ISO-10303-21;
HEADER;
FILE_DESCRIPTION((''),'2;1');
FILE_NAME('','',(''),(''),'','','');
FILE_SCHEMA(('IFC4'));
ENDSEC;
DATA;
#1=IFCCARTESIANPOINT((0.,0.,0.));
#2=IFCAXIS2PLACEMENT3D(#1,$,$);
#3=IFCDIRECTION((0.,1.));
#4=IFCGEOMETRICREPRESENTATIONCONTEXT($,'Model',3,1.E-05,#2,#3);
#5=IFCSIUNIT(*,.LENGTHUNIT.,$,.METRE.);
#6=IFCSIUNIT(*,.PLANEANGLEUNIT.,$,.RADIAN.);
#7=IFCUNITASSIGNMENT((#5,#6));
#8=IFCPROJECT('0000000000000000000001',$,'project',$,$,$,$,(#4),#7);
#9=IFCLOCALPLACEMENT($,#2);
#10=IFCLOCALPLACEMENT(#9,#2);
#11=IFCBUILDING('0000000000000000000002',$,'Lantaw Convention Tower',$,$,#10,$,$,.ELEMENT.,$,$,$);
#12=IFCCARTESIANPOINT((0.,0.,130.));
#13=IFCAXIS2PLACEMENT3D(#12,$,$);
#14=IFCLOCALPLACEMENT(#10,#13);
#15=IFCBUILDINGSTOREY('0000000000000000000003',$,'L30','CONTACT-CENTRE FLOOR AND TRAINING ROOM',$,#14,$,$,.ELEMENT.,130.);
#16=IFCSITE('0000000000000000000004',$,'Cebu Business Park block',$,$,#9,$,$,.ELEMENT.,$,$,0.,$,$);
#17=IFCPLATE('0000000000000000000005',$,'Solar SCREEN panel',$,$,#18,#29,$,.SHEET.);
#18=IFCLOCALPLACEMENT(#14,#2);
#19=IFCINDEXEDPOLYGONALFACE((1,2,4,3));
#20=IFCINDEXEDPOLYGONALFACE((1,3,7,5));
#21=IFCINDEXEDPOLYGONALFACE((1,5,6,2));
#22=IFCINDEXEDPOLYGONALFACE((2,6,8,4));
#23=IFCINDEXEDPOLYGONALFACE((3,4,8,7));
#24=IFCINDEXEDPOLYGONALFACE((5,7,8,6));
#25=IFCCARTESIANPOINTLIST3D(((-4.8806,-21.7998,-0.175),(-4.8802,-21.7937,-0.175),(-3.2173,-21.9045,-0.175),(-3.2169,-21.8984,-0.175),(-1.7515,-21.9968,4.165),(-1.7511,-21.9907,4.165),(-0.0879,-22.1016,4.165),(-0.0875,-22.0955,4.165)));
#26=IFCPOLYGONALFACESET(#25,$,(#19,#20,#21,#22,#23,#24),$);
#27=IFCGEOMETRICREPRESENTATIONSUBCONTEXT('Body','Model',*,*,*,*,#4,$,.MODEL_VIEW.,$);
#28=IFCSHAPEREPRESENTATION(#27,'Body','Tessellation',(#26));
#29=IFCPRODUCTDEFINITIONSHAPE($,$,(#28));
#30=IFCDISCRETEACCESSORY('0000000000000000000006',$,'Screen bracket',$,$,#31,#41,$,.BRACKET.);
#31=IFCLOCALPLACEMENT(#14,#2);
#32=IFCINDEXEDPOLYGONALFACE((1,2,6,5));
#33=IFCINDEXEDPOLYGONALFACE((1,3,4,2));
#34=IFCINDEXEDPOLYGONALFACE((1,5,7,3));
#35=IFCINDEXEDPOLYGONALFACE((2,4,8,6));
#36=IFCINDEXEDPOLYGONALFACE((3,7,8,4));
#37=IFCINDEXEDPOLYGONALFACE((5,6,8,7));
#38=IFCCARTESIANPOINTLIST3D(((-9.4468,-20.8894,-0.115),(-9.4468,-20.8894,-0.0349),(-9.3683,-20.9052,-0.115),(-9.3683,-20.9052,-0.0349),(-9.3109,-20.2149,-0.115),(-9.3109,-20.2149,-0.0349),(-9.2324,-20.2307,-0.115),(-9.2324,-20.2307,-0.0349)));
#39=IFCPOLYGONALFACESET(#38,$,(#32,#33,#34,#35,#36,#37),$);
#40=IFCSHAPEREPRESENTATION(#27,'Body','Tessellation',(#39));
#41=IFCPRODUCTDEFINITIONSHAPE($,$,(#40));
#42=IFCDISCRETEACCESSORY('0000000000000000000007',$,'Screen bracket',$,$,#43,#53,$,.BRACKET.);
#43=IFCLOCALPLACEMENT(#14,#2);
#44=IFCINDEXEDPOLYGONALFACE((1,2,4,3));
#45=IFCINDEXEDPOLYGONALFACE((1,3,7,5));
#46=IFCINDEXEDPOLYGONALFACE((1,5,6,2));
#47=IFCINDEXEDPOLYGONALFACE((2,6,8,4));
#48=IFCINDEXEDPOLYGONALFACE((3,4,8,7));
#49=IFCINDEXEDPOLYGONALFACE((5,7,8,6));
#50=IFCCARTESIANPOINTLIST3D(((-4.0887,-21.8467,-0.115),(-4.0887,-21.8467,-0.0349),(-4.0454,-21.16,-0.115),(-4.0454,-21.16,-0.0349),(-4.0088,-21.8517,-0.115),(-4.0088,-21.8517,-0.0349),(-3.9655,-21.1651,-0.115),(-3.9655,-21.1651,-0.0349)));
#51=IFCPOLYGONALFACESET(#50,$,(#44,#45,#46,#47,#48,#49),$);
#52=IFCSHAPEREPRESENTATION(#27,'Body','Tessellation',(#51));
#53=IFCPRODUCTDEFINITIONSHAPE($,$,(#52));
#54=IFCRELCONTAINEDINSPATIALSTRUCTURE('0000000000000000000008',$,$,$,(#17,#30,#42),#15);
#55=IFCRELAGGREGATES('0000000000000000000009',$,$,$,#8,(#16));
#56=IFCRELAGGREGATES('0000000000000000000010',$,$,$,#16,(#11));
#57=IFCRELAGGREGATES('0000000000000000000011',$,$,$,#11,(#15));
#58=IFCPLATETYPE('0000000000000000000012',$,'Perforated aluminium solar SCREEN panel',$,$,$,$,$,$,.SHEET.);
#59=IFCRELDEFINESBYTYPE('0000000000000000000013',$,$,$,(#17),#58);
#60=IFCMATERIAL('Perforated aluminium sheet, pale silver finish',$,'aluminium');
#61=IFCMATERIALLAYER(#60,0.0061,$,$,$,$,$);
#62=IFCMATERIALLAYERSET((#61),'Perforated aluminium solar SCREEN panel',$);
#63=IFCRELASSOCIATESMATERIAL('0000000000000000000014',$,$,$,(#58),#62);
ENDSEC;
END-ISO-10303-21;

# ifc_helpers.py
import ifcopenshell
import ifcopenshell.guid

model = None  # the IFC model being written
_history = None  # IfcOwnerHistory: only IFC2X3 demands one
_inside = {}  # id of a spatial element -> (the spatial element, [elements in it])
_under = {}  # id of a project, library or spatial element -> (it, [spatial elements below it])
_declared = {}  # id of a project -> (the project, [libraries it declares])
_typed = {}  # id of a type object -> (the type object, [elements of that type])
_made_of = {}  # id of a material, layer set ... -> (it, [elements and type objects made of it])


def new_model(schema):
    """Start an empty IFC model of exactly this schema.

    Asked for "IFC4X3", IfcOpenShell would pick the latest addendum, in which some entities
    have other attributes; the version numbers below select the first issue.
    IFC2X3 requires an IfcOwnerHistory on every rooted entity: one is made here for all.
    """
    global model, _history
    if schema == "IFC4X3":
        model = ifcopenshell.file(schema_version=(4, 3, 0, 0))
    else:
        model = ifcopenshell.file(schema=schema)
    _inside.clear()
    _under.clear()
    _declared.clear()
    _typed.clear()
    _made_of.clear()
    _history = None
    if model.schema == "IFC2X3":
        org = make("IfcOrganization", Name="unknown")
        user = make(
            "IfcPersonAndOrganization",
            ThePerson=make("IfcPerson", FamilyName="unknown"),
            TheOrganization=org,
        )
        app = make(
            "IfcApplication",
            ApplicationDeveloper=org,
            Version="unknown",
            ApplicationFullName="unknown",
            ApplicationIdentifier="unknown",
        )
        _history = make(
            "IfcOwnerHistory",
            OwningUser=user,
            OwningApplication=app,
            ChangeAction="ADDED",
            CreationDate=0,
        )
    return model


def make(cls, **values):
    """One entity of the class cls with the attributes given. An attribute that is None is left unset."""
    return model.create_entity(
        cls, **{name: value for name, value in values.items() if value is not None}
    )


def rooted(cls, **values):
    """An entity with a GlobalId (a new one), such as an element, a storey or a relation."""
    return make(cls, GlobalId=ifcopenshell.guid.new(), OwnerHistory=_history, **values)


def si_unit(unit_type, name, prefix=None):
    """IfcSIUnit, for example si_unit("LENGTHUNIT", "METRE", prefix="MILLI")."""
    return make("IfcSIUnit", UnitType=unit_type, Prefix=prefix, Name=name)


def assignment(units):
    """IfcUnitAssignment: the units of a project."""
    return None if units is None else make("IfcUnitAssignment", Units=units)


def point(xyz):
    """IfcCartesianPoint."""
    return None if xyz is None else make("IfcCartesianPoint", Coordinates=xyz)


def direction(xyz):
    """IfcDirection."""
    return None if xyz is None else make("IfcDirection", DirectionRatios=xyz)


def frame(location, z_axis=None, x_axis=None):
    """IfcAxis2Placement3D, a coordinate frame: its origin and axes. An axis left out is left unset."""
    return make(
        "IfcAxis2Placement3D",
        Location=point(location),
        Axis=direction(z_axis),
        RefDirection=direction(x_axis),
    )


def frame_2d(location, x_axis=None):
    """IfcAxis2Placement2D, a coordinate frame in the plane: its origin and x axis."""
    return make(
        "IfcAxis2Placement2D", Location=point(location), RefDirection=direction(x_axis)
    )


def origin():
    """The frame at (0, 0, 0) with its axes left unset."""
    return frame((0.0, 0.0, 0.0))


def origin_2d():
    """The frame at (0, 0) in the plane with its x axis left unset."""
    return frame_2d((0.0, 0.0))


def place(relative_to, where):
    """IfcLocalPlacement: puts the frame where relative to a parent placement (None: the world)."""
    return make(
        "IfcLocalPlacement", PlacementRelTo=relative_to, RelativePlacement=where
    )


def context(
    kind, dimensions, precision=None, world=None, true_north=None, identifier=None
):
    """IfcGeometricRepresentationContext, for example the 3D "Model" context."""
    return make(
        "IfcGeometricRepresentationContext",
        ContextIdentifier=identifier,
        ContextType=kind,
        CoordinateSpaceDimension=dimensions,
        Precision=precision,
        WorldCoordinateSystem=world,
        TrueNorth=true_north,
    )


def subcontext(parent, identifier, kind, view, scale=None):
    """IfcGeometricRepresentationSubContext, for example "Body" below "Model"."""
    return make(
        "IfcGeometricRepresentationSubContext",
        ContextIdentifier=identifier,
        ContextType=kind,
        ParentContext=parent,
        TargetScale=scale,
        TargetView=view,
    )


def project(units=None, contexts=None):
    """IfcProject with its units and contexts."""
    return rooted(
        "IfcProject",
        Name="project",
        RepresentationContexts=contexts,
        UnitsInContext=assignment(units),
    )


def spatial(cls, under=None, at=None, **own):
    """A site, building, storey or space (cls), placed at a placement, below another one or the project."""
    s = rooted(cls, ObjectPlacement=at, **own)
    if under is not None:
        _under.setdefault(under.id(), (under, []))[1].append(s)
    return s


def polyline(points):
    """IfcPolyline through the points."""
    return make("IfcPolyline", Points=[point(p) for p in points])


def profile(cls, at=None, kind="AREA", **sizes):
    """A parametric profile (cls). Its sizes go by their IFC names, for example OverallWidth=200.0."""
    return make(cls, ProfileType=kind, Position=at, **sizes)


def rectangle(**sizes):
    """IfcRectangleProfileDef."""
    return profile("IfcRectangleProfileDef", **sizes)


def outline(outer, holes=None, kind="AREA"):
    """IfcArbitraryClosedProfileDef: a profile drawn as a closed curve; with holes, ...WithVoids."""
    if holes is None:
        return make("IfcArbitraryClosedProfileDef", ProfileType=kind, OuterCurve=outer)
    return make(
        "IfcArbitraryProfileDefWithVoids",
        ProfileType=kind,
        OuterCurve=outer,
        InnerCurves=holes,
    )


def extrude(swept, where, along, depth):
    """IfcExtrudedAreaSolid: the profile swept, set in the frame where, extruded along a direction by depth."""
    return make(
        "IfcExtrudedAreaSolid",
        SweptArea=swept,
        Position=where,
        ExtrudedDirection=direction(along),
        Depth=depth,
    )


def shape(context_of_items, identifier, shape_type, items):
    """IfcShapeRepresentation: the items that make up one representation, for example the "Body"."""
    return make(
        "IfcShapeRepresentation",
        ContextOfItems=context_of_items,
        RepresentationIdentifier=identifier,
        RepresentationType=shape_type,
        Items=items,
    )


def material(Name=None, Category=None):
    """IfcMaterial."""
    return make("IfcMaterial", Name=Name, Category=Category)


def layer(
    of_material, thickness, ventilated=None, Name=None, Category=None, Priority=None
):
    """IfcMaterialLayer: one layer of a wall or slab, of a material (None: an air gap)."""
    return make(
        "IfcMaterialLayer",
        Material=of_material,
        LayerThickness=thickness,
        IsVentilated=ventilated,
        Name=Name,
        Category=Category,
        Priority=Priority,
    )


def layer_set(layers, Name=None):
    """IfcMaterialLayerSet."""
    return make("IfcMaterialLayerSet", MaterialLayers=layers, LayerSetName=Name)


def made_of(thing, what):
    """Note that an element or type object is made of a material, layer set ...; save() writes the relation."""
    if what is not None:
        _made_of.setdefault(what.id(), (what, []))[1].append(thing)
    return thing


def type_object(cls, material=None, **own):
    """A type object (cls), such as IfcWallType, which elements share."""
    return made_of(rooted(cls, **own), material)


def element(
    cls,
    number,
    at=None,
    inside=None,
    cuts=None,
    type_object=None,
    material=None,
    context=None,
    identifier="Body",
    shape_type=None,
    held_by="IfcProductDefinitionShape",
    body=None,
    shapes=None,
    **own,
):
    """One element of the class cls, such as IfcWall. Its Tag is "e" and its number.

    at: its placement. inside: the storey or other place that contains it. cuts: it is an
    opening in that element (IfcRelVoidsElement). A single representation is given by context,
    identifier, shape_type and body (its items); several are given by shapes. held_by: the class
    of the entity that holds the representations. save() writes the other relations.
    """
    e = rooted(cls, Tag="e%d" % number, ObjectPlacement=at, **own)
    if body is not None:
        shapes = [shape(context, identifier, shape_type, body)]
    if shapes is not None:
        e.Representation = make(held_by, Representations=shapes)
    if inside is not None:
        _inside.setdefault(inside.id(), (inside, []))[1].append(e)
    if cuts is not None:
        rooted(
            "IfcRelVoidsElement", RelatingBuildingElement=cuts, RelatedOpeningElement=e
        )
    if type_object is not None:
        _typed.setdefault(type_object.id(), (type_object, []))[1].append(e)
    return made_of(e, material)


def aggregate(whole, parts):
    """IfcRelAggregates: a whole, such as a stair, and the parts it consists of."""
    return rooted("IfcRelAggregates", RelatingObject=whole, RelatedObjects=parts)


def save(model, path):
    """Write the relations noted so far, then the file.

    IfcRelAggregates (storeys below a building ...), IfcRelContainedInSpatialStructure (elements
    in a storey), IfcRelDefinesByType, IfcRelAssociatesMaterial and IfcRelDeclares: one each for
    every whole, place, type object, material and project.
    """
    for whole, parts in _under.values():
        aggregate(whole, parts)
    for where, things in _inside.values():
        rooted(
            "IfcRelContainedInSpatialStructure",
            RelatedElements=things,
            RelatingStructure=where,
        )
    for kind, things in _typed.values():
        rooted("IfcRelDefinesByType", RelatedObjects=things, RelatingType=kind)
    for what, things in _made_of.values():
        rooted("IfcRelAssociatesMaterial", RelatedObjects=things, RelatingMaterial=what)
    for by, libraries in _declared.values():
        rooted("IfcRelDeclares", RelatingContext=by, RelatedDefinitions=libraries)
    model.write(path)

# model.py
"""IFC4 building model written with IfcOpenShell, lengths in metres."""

from ifc_helpers import new_model, si_unit, direction, frame, origin, origin_2d, place, context, subcontext, project, spatial, polyline, rectangle, outline, extrude, material, layer, layer_set, type_object, element, save


model = new_model("IFC4")

# Units and contexts
model_context = context("Model", 3, precision=1e-05, world=origin(), true_north=direction((0.0, 1.0)))
body_context = subcontext(model_context, "Body", "Model", "MODEL_VIEW")
ifc_project = project(units=[si_unit("LENGTHUNIT", "METRE"), si_unit("PLANEANGLEUNIT", "RADIAN")], contexts=[model_context])

# Site, building, storey
site_placement = place(None, origin())
site = spatial("IfcSite", under=ifc_project, at=site_placement, Name="Cebu Business Park block", CompositionType="ELEMENT", RefElevation=0.0)
building_placement = place(site_placement, origin())
building = spatial("IfcBuilding", under=site, at=building_placement, Name="Lantaw Convention Tower", CompositionType="ELEMENT")
storey_placement = place(building_placement, frame((0.0, 0.0, 130.0)))
storey = spatial("IfcBuildingStorey", under=building, at=storey_placement, Name="L30", Description="CONTACT-CENTRE FLOOR AND TRAINING ROOM", CompositionType="ELEMENT", Elevation=130.0)

# Plate
ifc_material_1 = material(Name="Perforated aluminium sheet, pale silver finish", Category="aluminium")
ifc_layer_1 = layer(ifc_material_1, 0.0061)
ifc_layer_set_1 = layer_set([ifc_layer_1], Name="Perforated aluminium solar SCREEN panel")
plate_type_1 = type_object("IfcPlateType", Name="Perforated aluminium solar SCREEN panel", PredefinedType="SHEET", material=ifc_layer_set_1)
plate_1_placement = place(storey_placement, frame((-4.8806, -21.7998, -0.175), z_axis=(-0.062839, -0.998024, 0.000002), x_axis=(0.998024, -0.062839, 0.0)))
element("IfcPlate", 1, at=plate_1_placement, inside=storey, type_object=plate_type_1, Name="Solar SCREEN panel", PredefinedType="SHEET", context=body_context, shape_type="SweptSolid", body=[
    extrude(outline(polyline([(0.0, 0.0), (1.6666, 0.0), (4.8022, 4.3401), (3.1353, 4.3401), (0.0, 0.0)])), origin(), (0.0, 0.0, -1.0), 0.0061),
])

# Discrete accessories
for number, where, z_axis, x_axis, name in (
    (2, (-9.3396, -20.5601, -0.115), (0.0, 0.0, 1.0), (0.980302, -0.197507, 0.0), "Screen bracket"),
    (3, (-4.0271, -21.5059, -0.115), (0.0, 0.0, 1.0), (0.998022, -0.062865, 0.0), "Screen bracket"),
):
    element("IfcDiscreteAccessory", number, at=place(storey_placement, frame(where, z_axis=z_axis, x_axis=x_axis)), inside=storey, Name=name, PredefinedType="BRACKET", context=body_context, shape_type="SweptSolid", body=[
        extrude(rectangle(XDim=0.0801, YDim=0.688, at=origin_2d()), origin(), (0.0, 0.0, 1.0), 0.0801),
    ])

save(model, "model.ifc")
